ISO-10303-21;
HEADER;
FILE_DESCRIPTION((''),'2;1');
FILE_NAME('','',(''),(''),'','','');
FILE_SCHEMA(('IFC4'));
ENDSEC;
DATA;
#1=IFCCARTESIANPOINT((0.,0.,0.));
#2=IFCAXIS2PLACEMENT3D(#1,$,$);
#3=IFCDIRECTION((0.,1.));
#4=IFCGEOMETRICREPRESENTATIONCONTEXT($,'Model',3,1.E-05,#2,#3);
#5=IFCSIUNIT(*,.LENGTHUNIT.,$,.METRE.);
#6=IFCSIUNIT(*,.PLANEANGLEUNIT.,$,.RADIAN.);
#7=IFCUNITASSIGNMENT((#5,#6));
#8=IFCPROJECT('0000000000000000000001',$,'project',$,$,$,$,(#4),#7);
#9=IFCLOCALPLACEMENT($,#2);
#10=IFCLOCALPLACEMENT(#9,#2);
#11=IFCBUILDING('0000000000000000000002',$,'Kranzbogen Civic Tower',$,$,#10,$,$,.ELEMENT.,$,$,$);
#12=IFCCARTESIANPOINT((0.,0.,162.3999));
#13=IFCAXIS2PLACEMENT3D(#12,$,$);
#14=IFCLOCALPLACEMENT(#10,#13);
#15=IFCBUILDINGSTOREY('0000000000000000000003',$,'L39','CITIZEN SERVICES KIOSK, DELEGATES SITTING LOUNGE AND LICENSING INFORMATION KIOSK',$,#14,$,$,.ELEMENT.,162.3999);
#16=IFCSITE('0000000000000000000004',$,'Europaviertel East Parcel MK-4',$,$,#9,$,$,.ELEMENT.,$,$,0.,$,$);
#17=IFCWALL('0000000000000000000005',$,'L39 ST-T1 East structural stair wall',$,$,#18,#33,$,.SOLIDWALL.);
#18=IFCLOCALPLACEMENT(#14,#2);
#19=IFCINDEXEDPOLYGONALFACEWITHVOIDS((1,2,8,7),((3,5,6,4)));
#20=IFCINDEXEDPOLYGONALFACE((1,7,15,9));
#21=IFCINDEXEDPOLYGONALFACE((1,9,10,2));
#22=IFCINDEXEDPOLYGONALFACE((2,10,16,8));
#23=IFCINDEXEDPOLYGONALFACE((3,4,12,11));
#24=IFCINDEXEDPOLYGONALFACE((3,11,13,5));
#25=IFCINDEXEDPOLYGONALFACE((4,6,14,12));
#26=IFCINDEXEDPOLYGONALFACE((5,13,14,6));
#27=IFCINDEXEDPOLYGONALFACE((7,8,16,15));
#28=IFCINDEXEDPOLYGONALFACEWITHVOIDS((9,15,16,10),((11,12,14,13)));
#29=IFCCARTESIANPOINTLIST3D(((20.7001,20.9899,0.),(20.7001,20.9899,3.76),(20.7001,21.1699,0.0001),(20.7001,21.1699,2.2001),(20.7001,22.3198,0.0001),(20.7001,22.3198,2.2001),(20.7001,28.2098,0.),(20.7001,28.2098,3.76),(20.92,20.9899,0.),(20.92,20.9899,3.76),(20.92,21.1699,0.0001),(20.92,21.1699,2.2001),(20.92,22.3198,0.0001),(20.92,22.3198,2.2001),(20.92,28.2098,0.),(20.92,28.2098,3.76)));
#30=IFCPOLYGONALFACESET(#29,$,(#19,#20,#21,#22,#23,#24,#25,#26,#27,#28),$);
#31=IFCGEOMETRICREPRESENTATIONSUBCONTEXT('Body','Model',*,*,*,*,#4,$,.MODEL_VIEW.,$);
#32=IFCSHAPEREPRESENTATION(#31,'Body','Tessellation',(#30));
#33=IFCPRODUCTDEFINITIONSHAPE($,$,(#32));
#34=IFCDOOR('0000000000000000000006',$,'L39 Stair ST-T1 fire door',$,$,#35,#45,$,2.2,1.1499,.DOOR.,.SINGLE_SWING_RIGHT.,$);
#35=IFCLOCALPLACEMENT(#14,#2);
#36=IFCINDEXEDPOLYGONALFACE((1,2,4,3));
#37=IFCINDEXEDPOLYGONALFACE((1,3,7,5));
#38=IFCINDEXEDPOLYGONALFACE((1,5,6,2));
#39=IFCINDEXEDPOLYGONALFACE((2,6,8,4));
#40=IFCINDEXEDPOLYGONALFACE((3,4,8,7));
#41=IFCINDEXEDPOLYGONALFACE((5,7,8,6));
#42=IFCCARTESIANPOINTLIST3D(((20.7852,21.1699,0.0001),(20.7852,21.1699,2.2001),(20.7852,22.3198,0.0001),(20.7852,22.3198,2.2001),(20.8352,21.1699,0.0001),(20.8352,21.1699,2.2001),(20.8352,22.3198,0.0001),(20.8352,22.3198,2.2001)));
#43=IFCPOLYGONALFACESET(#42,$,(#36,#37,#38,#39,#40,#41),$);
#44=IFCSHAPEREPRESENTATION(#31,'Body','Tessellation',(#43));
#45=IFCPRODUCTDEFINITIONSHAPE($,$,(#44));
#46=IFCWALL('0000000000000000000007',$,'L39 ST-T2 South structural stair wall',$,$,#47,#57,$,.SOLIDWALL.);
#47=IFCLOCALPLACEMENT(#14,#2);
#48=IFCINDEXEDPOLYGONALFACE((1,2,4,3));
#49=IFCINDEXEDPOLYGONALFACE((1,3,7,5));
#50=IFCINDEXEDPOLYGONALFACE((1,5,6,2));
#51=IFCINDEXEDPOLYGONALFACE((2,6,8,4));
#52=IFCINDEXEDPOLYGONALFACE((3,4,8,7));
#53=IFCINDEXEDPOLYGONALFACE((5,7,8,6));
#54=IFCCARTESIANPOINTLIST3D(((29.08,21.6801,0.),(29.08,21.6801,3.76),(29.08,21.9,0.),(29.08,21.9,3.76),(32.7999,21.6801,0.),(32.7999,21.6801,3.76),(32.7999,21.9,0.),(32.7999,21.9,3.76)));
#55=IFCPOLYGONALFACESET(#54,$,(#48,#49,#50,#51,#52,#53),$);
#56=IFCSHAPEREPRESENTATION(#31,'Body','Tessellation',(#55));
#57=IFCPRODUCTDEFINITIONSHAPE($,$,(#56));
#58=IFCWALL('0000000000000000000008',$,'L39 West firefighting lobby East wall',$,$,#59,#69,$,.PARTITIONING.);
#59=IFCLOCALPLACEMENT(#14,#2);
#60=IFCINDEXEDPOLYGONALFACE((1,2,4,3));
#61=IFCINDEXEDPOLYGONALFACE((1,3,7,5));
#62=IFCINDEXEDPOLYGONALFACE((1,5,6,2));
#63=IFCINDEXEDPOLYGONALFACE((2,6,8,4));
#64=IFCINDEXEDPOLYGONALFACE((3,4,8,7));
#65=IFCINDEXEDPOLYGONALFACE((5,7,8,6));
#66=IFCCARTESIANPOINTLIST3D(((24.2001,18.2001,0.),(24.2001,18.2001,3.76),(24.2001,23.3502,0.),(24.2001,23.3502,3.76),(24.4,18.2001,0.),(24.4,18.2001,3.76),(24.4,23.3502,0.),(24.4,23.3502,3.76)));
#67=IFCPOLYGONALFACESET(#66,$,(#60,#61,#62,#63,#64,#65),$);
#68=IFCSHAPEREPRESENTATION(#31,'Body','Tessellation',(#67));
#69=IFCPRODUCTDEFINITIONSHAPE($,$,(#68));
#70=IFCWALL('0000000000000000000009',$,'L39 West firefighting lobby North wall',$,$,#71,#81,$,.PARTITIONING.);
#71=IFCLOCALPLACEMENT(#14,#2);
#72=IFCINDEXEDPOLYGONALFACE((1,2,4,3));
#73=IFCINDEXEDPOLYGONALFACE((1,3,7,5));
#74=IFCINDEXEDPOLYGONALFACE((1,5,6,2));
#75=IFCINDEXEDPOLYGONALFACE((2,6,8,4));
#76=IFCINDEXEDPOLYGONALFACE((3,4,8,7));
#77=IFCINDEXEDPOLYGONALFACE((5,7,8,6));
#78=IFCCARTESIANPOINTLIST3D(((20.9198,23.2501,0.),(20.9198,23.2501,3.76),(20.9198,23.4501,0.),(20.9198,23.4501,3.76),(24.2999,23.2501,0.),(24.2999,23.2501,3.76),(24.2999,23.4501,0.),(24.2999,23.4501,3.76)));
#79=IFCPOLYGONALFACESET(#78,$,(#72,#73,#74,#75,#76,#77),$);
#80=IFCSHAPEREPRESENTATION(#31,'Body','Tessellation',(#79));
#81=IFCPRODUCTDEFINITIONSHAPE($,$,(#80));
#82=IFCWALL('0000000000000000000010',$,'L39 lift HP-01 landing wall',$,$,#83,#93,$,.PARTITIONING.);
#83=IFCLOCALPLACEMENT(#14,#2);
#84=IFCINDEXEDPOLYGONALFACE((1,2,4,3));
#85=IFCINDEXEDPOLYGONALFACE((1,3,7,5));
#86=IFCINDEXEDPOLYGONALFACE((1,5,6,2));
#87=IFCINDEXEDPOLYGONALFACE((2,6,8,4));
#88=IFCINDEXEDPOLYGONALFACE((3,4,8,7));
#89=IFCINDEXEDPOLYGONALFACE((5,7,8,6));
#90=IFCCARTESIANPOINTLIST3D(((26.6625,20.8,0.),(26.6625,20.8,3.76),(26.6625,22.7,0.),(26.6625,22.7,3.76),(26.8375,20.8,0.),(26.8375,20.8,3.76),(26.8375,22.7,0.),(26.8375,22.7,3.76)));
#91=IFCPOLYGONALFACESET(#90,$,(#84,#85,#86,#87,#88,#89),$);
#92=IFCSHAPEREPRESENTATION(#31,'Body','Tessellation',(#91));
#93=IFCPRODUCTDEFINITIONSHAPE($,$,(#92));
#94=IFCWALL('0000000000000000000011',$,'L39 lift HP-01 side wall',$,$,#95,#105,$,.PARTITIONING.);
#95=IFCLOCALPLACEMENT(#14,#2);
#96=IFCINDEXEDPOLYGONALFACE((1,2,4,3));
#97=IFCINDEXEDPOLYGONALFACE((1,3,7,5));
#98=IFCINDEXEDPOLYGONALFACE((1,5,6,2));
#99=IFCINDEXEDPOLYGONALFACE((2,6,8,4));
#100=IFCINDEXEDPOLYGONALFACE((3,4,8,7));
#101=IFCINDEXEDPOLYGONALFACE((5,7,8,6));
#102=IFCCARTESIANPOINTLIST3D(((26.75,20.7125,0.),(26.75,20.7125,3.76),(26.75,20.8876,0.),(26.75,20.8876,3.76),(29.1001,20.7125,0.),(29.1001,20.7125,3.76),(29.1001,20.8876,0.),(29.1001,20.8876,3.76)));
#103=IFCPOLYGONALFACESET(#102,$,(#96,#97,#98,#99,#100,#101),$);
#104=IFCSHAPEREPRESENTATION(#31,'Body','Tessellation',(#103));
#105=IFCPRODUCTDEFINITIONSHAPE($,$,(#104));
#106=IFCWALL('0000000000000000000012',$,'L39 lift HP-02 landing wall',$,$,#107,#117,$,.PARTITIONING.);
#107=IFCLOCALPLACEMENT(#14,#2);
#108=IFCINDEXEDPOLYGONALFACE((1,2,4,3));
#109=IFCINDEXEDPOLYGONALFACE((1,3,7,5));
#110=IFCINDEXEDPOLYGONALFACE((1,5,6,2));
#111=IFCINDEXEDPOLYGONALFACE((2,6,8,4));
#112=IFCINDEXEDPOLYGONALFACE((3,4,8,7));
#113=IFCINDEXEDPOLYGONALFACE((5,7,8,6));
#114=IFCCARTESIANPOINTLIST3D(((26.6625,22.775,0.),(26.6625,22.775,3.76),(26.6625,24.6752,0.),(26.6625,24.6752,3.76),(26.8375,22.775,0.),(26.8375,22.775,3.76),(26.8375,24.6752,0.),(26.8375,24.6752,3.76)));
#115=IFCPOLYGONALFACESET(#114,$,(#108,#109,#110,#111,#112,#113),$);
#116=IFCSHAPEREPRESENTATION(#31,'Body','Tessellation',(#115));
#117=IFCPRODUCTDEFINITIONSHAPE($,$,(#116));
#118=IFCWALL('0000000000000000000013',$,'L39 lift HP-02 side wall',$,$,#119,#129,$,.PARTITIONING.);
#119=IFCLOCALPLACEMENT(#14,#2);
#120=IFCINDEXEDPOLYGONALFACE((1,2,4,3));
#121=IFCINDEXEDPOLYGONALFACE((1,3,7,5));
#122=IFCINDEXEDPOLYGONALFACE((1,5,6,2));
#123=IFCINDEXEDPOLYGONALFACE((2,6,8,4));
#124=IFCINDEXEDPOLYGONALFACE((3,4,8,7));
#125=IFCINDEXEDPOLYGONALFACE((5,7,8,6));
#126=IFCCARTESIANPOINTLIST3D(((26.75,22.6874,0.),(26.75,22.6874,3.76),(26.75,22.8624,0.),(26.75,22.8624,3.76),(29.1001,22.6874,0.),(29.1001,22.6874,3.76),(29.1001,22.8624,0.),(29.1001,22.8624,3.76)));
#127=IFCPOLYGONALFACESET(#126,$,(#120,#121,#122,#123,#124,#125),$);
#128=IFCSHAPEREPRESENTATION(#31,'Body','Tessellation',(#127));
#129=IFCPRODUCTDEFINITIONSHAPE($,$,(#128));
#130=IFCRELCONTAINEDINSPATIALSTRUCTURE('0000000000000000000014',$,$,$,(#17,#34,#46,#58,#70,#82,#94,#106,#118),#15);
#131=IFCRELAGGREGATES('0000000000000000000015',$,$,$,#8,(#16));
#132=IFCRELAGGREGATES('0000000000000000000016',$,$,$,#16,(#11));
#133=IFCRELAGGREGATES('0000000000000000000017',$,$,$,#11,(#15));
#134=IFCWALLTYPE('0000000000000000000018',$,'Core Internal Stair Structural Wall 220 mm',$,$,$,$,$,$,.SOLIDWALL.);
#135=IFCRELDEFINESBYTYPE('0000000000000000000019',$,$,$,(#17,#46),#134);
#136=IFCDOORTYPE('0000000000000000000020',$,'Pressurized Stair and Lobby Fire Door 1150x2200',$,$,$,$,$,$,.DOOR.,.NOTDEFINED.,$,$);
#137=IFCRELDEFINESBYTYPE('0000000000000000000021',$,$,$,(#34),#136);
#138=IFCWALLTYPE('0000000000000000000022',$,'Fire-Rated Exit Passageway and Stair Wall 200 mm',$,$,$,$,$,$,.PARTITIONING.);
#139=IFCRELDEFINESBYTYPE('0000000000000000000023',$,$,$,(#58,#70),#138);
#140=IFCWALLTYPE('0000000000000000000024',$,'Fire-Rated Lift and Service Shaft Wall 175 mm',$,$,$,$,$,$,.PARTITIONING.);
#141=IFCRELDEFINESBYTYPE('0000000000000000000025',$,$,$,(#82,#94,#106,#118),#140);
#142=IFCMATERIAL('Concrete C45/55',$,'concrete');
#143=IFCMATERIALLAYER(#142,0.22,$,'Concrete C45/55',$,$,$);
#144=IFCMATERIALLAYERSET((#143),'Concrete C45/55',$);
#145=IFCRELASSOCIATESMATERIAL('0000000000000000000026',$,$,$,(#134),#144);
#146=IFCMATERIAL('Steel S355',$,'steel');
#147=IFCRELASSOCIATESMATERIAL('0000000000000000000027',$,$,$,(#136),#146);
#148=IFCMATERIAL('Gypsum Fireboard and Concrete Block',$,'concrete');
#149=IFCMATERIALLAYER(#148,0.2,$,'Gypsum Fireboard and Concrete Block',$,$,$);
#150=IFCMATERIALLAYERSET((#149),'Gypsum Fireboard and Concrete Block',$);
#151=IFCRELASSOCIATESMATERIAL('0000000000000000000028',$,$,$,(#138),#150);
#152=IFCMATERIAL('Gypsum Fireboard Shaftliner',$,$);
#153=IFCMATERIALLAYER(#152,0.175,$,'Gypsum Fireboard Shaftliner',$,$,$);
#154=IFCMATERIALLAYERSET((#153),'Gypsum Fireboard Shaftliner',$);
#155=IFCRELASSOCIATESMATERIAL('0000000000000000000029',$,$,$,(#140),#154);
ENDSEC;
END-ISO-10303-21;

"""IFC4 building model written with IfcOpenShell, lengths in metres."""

from ifc_helpers import new_model, si_unit, direction, frame, frame_2d, origin, place, context, subcontext, project, spatial, rectangle, extrude, material, layer, layer_set, type_object, element, fill, save


model = new_model("IFC4")

# Units and contexts
model_context = context("Model", 3, precision=1e-05, world=origin(), true_north=direction((0.0, 1.0)))
body_context = subcontext(model_context, "Body", "Model", "MODEL_VIEW")
ifc_project = project(units=[si_unit("LENGTHUNIT", "METRE"), si_unit("PLANEANGLEUNIT", "RADIAN")], contexts=[model_context])

# Site, building, storey
site_placement = place(None, origin())
site = spatial("IfcSite", under=ifc_project, at=site_placement, Name="Europaviertel East Parcel MK-4", CompositionType="ELEMENT", RefElevation=0.0)
building_placement = place(site_placement, origin())
building = spatial("IfcBuilding", under=site, at=building_placement, Name="Kranzbogen Civic Tower", CompositionType="ELEMENT")
storey_placement = place(building_placement, frame((0.0, 0.0, 162.3999)))
storey = spatial("IfcBuildingStorey", under=building, at=storey_placement, Name="L39", Description="CITIZEN SERVICES KIOSK, DELEGATES SITTING LOUNGE AND LICENSING INFORMATION KIOSK", CompositionType="ELEMENT", Elevation=162.3999)

# Shared definitions
ifc_material_1 = material(Name="Steel S355", Category="steel")

# Wall, opening, door
ifc_material_2 = material(Name="Concrete C45/55", Category="concrete")
ifc_layer_1 = layer(ifc_material_2, 0.22, Name="Concrete C45/55")
ifc_layer_set_1 = layer_set([ifc_layer_1], Name="Concrete C45/55")
wall_type_1 = type_object("IfcWallType", Name="Core Internal Stair Structural Wall 220 mm", PredefinedType="SOLIDWALL", material=ifc_layer_set_1)
wall_1_placement = place(storey_placement, frame((20.8101, 20.99, 0.0), z_axis=(0.0, 0.0, 1.0), x_axis=(0.0, 1.0, 0.0)))
wall_1 = element("IfcWall", 1, at=wall_1_placement, inside=storey, type_object=wall_type_1, Name="L39 ST-T1 East structural stair wall", PredefinedType="SOLIDWALL", context=body_context, shape_type="SweptSolid", body=[
    extrude(rectangle(XDim=7.22, YDim=0.22, at=frame_2d((3.6099, 0.0))), origin(), (0.0, 0.0, 1.0), 3.76),
])
opening_1_placement = place(wall_1_placement, frame((0.1799, 0.0, 0.0)))
opening_1 = element("IfcOpeningElement", 2, at=opening_1_placement, cuts=wall_1, PredefinedType="OPENING", context=body_context, shape_type="SweptSolid", body=[
    extrude(rectangle(XDim=1.1499, YDim=2.2, at=frame_2d((0.575, 1.1001))), frame((0.0, 0.1201, 0.0), z_axis=(0.0, -1.0, 0.0), x_axis=(1.0, 0.0, 0.0)), (0.0, 0.0, 1.0), 0.24),
])
door_type_1 = type_object("IfcDoorType", Name="Pressurized Stair and Lobby Fire Door 1150x2200", OperationType="NOTDEFINED", PredefinedType="DOOR", material=ifc_material_1)
door_1_placement = place(opening_1_placement, origin())
door_1 = element("IfcDoor", 3, at=door_1_placement, inside=storey, type_object=door_type_1, Name="L39 Stair ST-T1 fire door", OperationType="SINGLE_SWING_RIGHT", OverallHeight=2.2, OverallWidth=1.1499, PredefinedType="DOOR", context=body_context, shape_type="SweptSolid", body=[
    extrude(rectangle(XDim=1.1499, YDim=2.2, at=frame_2d((0.575, 1.1001))), frame((0.0, 0.0249, 0.0), z_axis=(0.0, -1.0, 0.0), x_axis=(1.0, 0.0, 0.0)), (0.0, 0.0, 1.0), 0.05),
])
fill(opening_1, door_1)

# Walls
wall_2_placement = place(storey_placement, frame((29.0801, 21.79, 0.0), z_axis=(0.0, 0.0, 1.0), x_axis=(1.0, 0.0, 0.0)))
element("IfcWall", 4, at=wall_2_placement, inside=storey, type_object=wall_type_1, Name="L39 ST-T2 South structural stair wall", PredefinedType="SOLIDWALL", context=body_context, shape_type="SweptSolid", body=[
    extrude(rectangle(XDim=3.72, YDim=0.22, at=frame_2d((1.8599, 0.0))), origin(), (0.0, 0.0, 1.0), 3.76),
])
ifc_material_3 = material(Name="Gypsum Fireboard and Concrete Block", Category="concrete")
ifc_layer_2 = layer(ifc_material_3, 0.2, Name="Gypsum Fireboard and Concrete Block")
ifc_layer_set_2 = layer_set([ifc_layer_2], Name="Gypsum Fireboard and Concrete Block")
wall_type_2 = type_object("IfcWallType", Name="Fire-Rated Exit Passageway and Stair Wall 200 mm", PredefinedType="PARTITIONING", material=ifc_layer_set_2)
wall_3_placement = place(storey_placement, frame((24.3, 18.2, 0.0), z_axis=(0.0, 0.0, 1.0), x_axis=(0.0, 1.0, 0.0)))
element("IfcWall", 5, at=wall_3_placement, inside=storey, type_object=wall_type_2, Name="L39 West firefighting lobby East wall", PredefinedType="PARTITIONING", context=body_context, shape_type="SweptSolid", body=[
    extrude(rectangle(XDim=5.1501, YDim=0.2, at=frame_2d((2.5752, 0.0))), origin(), (0.0, 0.0, 1.0), 3.76),
])
wall_4_placement = place(storey_placement, frame((20.9199, 23.3501, 0.0), z_axis=(0.0, 0.0, 1.0), x_axis=(1.0, 0.0, 0.0)))
element("IfcWall", 6, at=wall_4_placement, inside=storey, type_object=wall_type_2, Name="L39 West firefighting lobby North wall", PredefinedType="PARTITIONING", context=body_context, shape_type="SweptSolid", body=[
    extrude(rectangle(XDim=3.3801, YDim=0.2, at=frame_2d((1.6899, 0.0))), origin(), (0.0, 0.0, 1.0), 3.76),
])
ifc_material_4 = material(Name="Gypsum Fireboard Shaftliner")
ifc_layer_3 = layer(ifc_material_4, 0.175, Name="Gypsum Fireboard Shaftliner")
ifc_layer_set_3 = layer_set([ifc_layer_3], Name="Gypsum Fireboard Shaftliner")
wall_type_3 = type_object("IfcWallType", Name="Fire-Rated Lift and Service Shaft Wall 175 mm", PredefinedType="PARTITIONING", material=ifc_layer_set_3)
wall_5_placement = place(storey_placement, frame((26.75, 20.8, 0.0), z_axis=(0.0, 0.0, 1.0), x_axis=(0.0, 1.0, 0.0)))
element("IfcWall", 7, at=wall_5_placement, inside=storey, type_object=wall_type_3, Name="L39 lift HP-01 landing wall", PredefinedType="PARTITIONING", context=body_context, shape_type="SweptSolid", body=[
    extrude(rectangle(XDim=1.8999, YDim=0.175, at=frame_2d((0.95, 0.0))), origin(), (0.0, 0.0, 1.0), 3.76),
])
wall_6_placement = place(storey_placement, frame((26.75, 20.8, 0.0), z_axis=(0.0, 0.0, 1.0), x_axis=(1.0, 0.0, 0.0)))
element("IfcWall", 8, at=wall_6_placement, inside=storey, type_object=wall_type_3, Name="L39 lift HP-01 side wall", PredefinedType="PARTITIONING", context=body_context, shape_type="SweptSolid", body=[
    extrude(rectangle(XDim=2.3501, YDim=0.175, at=frame_2d((1.175, 0.0))), origin(), (0.0, 0.0, 1.0), 3.76),
])
wall_7_placement = place(storey_placement, frame((26.75, 22.7749, 0.0), z_axis=(0.0, 0.0, 1.0), x_axis=(0.0, 1.0, 0.0)))
element("IfcWall", 9, at=wall_7_placement, inside=storey, type_object=wall_type_3, Name="L39 lift HP-02 landing wall", PredefinedType="PARTITIONING", context=body_context, shape_type="SweptSolid", body=[
    extrude(rectangle(XDim=1.9001, YDim=0.175, at=frame_2d((0.9502, 0.0))), origin(), (0.0, 0.0, 1.0), 3.76),
])
wall_8_placement = place(storey_placement, frame((26.75, 22.7749, 0.0), z_axis=(0.0, 0.0, 1.0), x_axis=(1.0, 0.0, 0.0)))
element("IfcWall", 10, at=wall_8_placement, inside=storey, type_object=wall_type_3, Name="L39 lift HP-02 side wall", PredefinedType="PARTITIONING", context=body_context, shape_type="SweptSolid", body=[
    extrude(rectangle(XDim=2.3501, YDim=0.175, at=frame_2d((1.175, 0.0))), origin(), (0.0, 0.0, 1.0), 3.76),
])

save(model, "model.ifc")
